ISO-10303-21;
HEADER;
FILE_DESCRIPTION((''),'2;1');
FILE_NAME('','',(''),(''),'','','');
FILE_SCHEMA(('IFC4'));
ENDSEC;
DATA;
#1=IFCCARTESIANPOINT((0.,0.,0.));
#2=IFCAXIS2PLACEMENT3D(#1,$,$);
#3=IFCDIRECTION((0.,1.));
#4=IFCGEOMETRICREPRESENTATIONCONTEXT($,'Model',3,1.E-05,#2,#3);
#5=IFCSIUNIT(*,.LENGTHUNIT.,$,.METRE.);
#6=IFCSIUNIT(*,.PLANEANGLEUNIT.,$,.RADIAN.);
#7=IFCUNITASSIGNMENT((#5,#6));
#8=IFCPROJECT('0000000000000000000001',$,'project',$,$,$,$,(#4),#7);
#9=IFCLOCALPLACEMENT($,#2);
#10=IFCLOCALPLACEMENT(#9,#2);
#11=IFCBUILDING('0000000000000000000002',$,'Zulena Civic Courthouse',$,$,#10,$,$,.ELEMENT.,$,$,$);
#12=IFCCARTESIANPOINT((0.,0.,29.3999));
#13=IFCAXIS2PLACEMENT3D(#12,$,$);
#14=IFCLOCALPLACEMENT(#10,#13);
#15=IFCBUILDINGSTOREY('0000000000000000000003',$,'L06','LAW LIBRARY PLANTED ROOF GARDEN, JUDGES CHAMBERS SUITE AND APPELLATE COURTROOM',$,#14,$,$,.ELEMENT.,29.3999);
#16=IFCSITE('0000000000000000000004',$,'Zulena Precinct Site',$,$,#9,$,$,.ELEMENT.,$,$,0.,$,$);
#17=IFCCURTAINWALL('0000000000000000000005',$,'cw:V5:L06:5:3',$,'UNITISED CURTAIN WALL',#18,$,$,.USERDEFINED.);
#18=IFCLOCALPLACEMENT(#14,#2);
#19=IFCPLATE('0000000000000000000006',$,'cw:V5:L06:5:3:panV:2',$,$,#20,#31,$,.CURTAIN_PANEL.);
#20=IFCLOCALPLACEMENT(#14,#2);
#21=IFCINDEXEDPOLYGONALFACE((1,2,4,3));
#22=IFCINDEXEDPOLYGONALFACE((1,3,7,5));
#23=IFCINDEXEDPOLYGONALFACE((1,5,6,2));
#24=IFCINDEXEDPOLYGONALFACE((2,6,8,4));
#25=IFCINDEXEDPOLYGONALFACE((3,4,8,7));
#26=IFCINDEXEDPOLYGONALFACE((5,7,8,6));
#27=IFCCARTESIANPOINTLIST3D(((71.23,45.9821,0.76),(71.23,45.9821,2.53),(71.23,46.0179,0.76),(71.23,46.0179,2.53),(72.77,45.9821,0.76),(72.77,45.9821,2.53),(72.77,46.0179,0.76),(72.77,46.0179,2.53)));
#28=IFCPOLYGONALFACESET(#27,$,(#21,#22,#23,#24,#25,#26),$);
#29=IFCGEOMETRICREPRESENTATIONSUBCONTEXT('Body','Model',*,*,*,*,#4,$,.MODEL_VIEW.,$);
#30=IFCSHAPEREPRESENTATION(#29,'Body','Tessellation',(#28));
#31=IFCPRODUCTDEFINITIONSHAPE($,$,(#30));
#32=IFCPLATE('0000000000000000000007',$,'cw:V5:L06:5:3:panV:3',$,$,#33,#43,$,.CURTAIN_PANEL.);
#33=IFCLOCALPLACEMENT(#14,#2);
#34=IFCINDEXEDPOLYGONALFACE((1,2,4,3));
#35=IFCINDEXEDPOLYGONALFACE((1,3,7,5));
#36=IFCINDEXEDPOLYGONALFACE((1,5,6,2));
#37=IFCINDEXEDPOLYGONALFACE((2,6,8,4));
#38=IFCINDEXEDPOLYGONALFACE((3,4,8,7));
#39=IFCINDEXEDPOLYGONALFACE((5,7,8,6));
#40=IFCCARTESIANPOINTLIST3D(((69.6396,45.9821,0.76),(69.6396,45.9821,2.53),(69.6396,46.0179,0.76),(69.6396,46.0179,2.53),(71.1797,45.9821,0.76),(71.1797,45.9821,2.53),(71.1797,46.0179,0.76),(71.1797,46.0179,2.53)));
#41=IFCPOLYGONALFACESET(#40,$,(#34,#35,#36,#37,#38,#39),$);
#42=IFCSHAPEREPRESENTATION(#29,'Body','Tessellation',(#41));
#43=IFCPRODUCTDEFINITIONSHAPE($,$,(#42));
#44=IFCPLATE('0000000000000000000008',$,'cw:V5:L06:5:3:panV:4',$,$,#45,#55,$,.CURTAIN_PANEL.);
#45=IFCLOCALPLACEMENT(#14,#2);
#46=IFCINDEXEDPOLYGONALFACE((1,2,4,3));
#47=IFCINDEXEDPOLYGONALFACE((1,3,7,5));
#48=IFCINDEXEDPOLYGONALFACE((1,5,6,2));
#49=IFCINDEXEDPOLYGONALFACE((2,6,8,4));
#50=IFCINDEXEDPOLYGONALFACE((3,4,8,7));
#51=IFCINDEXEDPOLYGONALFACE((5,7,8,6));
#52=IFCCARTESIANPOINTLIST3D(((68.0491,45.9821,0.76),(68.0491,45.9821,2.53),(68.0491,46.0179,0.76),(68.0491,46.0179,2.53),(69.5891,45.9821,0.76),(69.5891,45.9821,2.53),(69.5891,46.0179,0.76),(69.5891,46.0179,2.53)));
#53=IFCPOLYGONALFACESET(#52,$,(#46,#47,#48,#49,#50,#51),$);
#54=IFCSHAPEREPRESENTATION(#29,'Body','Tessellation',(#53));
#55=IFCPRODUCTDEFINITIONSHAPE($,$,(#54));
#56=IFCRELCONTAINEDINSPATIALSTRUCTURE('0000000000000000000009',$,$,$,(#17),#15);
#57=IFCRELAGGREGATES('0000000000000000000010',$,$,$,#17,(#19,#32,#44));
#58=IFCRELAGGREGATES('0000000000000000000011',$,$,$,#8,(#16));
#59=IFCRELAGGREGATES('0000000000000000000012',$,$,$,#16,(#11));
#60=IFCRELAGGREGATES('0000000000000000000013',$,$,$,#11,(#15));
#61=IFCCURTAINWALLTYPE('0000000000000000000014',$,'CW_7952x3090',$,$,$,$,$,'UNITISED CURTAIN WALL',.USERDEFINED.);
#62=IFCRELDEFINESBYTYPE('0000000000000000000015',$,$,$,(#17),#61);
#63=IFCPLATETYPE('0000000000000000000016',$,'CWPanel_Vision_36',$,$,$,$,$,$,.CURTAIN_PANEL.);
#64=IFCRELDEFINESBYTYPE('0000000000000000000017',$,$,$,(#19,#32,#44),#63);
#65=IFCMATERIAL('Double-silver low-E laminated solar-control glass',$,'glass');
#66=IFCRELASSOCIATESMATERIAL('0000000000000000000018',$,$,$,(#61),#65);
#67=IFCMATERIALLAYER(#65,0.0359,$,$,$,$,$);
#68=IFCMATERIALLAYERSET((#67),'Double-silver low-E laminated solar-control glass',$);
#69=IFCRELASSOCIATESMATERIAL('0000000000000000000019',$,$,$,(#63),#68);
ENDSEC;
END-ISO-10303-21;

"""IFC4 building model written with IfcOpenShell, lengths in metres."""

from ifc_helpers import new_model, si_unit, direction, frame, origin, origin_2d, place, context, subcontext, project, spatial, rectangle, extrude, material, layer, layer_set, type_object, element, aggregate, save


model = new_model("IFC4")

# Units and contexts
model_context = context("Model", 3, precision=1e-05, world=origin(), true_north=direction((0.0, 1.0)))
body_context = subcontext(model_context, "Body", "Model", "MODEL_VIEW")
ifc_project = project(units=[si_unit("LENGTHUNIT", "METRE"), si_unit("PLANEANGLEUNIT", "RADIAN")], contexts=[model_context])

# Site, building, storey
site_placement = place(None, origin())
site = spatial("IfcSite", under=ifc_project, at=site_placement, Name="Zulena Precinct Site", CompositionType="ELEMENT", RefElevation=0.0)
building_placement = place(site_placement, origin())
building = spatial("IfcBuilding", under=site, at=building_placement, Name="Zulena Civic Courthouse", CompositionType="ELEMENT")
storey_placement = place(building_placement, frame((0.0, 0.0, 29.3999)))
storey = spatial("IfcBuildingStorey", under=building, at=storey_placement, Name="L06", Description="LAW LIBRARY PLANTED ROOF GARDEN, JUDGES CHAMBERS SUITE AND APPELLATE COURTROOM", CompositionType="ELEMENT", Elevation=29.3999)

# Curtain wall
ifc_material_1 = material(Name="Double-silver low-E laminated solar-control glass", Category="glass")
curtain_wall_type = type_object("IfcCurtainWallType", Name="CW_7952x3090", ElementType="UNITISED CURTAIN WALL", PredefinedType="USERDEFINED", material=ifc_material_1)
curtain_wall_placement = place(storey_placement, origin())
curtain_wall = element("IfcCurtainWall", 1, at=curtain_wall_placement, inside=storey, type_object=curtain_wall_type, Name="cw:V5:L06:5:3", ObjectType="UNITISED CURTAIN WALL", PredefinedType="USERDEFINED")

# Plates
ifc_layer_1 = layer(ifc_material_1, 0.0359)
ifc_layer_set_1 = layer_set([ifc_layer_1], Name="Double-silver low-E laminated solar-control glass")
plate_type_1 = type_object("IfcPlateType", Name="CWPanel_Vision_36", PredefinedType="CURTAIN_PANEL", material=ifc_layer_set_1)
plate_1_placement = place(storey_placement, frame((72.0, 46.0, 0.76), z_axis=(0.0, 0.0, 1.0), x_axis=(-1.0, 0.0, 0.0)))
plate_1 = element("IfcPlate", 2, at=plate_1_placement, type_object=plate_type_1, Name="cw:V5:L06:5:3:panV:2", PredefinedType="CURTAIN_PANEL", context=body_context, shape_type="SweptSolid", body=[
    extrude(rectangle(XDim=1.54, YDim=0.0359, at=origin_2d()), origin(), (0.0, 0.0, 1.0), 1.77),
])
plate_2_placement = place(storey_placement, frame((70.4097, 46.0, 0.76), z_axis=(0.0, 0.0, 1.0), x_axis=(-1.0, 0.0, 0.0)))
plate_2 = element("IfcPlate", 3, at=plate_2_placement, type_object=plate_type_1, Name="cw:V5:L06:5:3:panV:3", PredefinedType="CURTAIN_PANEL", context=body_context, shape_type="SweptSolid", body=[
    extrude(rectangle(XDim=1.54, YDim=0.0359, at=origin_2d()), origin(), (0.0, 0.0, 1.0), 1.77),
])
plate_3_placement = place(storey_placement, frame((68.8191, 46.0, 0.76), z_axis=(0.0, 0.0, 1.0), x_axis=(-1.0, 0.0, 0.0)))
plate_3 = element("IfcPlate", 4, at=plate_3_placement, type_object=plate_type_1, Name="cw:V5:L06:5:3:panV:4", PredefinedType="CURTAIN_PANEL", context=body_context, shape_type="SweptSolid", body=[
    extrude(rectangle(XDim=1.54, YDim=0.0359, at=origin_2d()), origin(), (0.0, 0.0, 1.0), 1.77),
])
aggregate(curtain_wall, [plate_1, plate_2, plate_3])

save(model, "model.ifc")
